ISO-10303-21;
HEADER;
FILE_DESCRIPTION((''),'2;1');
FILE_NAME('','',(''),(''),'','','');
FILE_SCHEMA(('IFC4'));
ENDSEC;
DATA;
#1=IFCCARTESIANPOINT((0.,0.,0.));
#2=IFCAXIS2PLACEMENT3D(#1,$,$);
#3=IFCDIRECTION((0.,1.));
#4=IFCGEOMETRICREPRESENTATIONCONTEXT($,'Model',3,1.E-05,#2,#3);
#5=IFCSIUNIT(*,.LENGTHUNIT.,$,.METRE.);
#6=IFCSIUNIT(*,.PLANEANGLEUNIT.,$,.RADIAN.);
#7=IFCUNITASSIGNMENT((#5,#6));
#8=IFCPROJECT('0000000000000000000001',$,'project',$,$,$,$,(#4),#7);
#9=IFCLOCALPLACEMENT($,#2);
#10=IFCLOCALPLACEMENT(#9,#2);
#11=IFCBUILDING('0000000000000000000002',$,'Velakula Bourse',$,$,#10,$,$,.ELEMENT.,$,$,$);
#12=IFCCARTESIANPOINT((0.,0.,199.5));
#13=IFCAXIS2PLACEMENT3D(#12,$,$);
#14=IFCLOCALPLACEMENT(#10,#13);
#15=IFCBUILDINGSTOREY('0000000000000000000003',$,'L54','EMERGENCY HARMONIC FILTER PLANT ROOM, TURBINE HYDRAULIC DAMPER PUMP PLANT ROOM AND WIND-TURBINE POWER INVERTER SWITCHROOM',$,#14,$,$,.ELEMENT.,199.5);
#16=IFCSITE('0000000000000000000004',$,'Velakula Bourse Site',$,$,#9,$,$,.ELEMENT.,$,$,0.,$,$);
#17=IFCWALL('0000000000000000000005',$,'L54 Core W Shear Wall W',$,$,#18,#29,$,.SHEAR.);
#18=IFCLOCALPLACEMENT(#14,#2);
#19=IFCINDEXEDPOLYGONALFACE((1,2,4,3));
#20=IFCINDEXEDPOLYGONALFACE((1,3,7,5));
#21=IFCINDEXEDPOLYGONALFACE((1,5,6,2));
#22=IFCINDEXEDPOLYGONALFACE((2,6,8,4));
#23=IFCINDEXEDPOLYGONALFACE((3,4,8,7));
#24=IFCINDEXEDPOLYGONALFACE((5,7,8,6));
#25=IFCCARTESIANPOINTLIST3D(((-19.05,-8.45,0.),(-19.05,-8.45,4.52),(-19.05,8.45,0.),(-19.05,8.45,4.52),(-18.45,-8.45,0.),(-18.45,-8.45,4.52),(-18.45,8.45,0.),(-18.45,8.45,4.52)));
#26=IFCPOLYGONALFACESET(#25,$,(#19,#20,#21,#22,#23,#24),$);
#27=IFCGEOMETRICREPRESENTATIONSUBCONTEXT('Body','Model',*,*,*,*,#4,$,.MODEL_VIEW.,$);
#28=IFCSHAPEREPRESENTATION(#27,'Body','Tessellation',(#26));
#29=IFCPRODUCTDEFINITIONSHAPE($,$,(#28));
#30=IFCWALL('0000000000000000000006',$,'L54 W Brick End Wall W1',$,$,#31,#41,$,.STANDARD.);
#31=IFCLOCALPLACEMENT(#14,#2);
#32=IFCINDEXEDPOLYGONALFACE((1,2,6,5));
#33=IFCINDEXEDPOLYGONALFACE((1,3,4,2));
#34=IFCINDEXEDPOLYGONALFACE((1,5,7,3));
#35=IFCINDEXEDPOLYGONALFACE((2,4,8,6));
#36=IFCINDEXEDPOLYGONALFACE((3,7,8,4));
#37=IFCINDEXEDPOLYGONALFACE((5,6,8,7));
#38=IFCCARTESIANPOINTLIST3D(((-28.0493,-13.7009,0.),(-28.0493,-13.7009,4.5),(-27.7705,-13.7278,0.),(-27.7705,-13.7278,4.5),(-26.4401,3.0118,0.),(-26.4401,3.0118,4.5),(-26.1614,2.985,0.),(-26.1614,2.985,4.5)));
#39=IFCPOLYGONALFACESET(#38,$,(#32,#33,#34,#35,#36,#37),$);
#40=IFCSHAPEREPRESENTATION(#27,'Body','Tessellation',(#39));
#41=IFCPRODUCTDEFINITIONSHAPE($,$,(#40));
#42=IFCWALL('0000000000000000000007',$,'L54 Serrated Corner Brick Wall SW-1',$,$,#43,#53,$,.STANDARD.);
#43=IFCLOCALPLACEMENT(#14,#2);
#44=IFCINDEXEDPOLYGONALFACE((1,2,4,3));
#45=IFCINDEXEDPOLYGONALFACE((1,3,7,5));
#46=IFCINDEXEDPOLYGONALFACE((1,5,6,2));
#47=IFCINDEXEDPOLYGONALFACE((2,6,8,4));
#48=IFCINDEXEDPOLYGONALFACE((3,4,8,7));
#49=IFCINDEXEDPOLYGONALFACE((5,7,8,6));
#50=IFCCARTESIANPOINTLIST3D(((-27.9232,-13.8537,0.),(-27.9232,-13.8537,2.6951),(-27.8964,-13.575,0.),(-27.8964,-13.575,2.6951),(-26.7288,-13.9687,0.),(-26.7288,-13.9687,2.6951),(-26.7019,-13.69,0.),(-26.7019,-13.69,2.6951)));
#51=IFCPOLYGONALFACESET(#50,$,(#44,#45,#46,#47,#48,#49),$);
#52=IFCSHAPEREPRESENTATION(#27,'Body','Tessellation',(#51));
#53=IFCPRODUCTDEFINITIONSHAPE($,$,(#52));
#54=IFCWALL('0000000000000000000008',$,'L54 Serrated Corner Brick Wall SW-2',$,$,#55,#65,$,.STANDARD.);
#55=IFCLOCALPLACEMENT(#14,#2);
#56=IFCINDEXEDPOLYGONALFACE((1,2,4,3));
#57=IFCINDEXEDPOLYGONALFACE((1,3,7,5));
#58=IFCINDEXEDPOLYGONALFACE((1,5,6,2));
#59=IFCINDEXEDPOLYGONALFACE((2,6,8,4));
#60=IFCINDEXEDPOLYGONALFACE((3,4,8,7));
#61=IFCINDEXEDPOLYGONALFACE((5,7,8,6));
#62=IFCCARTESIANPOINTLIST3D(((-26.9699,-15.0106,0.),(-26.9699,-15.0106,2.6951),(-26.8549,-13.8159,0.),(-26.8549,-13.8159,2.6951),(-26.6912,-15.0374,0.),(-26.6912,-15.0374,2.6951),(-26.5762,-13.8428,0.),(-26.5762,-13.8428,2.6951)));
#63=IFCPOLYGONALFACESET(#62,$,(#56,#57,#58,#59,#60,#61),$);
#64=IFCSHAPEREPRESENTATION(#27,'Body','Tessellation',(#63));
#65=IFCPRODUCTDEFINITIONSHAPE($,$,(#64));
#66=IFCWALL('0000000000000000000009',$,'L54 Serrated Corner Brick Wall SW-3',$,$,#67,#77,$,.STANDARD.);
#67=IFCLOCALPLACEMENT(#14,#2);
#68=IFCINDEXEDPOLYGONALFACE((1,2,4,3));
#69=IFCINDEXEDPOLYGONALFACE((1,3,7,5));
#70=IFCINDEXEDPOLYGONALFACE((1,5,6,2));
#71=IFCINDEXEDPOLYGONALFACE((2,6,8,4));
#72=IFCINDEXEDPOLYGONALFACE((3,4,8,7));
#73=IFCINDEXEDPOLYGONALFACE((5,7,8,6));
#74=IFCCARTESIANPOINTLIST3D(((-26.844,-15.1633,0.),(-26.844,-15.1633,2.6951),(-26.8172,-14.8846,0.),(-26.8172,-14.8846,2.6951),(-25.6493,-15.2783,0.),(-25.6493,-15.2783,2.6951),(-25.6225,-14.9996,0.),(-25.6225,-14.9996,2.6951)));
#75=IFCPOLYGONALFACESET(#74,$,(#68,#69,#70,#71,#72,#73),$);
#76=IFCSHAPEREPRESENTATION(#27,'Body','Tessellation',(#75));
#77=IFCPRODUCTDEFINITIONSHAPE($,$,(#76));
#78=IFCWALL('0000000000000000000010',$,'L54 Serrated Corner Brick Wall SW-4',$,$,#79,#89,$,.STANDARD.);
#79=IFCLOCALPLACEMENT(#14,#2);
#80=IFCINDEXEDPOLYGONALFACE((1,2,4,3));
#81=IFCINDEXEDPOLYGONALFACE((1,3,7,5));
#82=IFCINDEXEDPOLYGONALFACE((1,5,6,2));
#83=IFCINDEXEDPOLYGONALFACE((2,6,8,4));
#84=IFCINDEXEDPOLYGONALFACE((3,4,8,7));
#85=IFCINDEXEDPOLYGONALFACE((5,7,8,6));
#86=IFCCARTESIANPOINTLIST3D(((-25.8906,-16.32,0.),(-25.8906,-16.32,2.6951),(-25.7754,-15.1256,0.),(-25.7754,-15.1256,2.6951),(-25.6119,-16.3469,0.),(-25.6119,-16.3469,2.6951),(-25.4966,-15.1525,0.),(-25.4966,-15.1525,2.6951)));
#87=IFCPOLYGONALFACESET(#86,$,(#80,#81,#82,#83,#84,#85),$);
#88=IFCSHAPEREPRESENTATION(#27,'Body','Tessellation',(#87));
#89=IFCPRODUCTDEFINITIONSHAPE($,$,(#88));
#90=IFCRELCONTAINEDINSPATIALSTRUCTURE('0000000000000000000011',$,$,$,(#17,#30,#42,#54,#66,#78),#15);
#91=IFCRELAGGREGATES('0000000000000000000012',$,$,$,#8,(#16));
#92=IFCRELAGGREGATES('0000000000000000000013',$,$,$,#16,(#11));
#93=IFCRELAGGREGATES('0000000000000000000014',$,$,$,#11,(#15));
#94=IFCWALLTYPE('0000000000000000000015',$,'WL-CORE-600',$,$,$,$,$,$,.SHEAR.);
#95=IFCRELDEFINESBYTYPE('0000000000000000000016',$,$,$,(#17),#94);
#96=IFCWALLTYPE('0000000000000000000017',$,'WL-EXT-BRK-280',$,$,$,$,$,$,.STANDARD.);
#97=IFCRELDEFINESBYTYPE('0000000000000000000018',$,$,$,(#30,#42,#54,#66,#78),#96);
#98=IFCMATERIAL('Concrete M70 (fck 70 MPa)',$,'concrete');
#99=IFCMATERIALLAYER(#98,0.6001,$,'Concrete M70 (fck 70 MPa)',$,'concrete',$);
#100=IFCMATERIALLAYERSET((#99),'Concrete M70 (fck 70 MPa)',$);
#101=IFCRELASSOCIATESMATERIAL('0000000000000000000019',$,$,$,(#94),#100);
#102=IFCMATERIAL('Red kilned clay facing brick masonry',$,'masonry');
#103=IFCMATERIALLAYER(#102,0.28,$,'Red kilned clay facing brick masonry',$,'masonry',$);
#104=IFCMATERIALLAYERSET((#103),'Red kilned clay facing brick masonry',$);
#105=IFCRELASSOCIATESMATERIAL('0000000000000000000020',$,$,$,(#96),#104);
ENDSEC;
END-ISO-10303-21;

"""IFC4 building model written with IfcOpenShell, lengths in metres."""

from ifc_helpers import new_model, si_unit, direction, frame, frame_2d, origin, place, context, subcontext, project, spatial, rectangle, extrude, material, layer, layer_set, type_object, element, save


model = new_model("IFC4")

# Units and contexts
model_context = context("Model", 3, precision=1e-05, world=origin(), true_north=direction((0.0, 1.0)))
body_context = subcontext(model_context, "Body", "Model", "MODEL_VIEW")
ifc_project = project(units=[si_unit("LENGTHUNIT", "METRE"), si_unit("PLANEANGLEUNIT", "RADIAN")], contexts=[model_context])

# Site, building, storey
site_placement = place(None, origin())
site = spatial("IfcSite", under=ifc_project, at=site_placement, Name="Velakula Bourse Site", CompositionType="ELEMENT", RefElevation=0.0)
building_placement = place(site_placement, origin())
building = spatial("IfcBuilding", under=site, at=building_placement, Name="Velakula Bourse", CompositionType="ELEMENT")
storey_placement = place(building_placement, frame((0.0, 0.0, 199.5)))
storey = spatial("IfcBuildingStorey", under=building, at=storey_placement, Name="L54", Description="EMERGENCY HARMONIC FILTER PLANT ROOM, TURBINE HYDRAULIC DAMPER PUMP PLANT ROOM AND WIND-TURBINE POWER INVERTER SWITCHROOM", CompositionType="ELEMENT", Elevation=199.5)

# Walls
ifc_material_1 = material(Name="Concrete M70 (fck 70 MPa)", Category="concrete")
ifc_layer_1 = layer(ifc_material_1, 0.6001, Name="Concrete M70 (fck 70 MPa)", Category="concrete")
ifc_layer_set_1 = layer_set([ifc_layer_1], Name="Concrete M70 (fck 70 MPa)")
wall_type_1 = type_object("IfcWallType", Name="WL-CORE-600", PredefinedType="SHEAR", material=ifc_layer_set_1)
wall_1_placement = place(storey_placement, frame((-18.75, -8.45, 0.0), z_axis=(0.0, 0.0, 1.0), x_axis=(0.0, 1.0, 0.0)))
element("IfcWall", 1, at=wall_1_placement, inside=storey, type_object=wall_type_1, Name="L54 Core W Shear Wall W", PredefinedType="SHEAR", context=body_context, shape_type="SweptSolid", body=[
    extrude(rectangle(XDim=16.8999, YDim=0.6001, at=frame_2d((8.45, 0.0))), origin(), (0.0, 0.0, 1.0), 4.52),
])
ifc_material_2 = material(Name="Red kilned clay facing brick masonry", Category="masonry")
ifc_layer_2 = layer(ifc_material_2, 0.28, Name="Red kilned clay facing brick masonry", Category="masonry")
ifc_layer_set_2 = layer_set([ifc_layer_2], Name="Red kilned clay facing brick masonry")
wall_type_2 = type_object("IfcWallType", Name="WL-EXT-BRK-280", PredefinedType="STANDARD", material=ifc_layer_set_2)
wall_2_placement = place(storey_placement, frame((-27.9099, -13.7144, 0.0), z_axis=(0.0, 0.0, 1.0), x_axis=(0.095839, 0.995397, 0.0)))
element("IfcWall", 2, at=wall_2_placement, inside=storey, type_object=wall_type_2, Name="L54 W Brick End Wall W1", PredefinedType="STANDARD", context=body_context, shape_type="SweptSolid", body=[
    extrude(rectangle(XDim=16.79, YDim=0.28, at=frame_2d((8.395, 0.0))), origin(), (0.0, 0.0, 1.0), 4.5),
])
wall_3_placement = place(storey_placement, frame((-27.9099, -13.7144, 0.0), z_axis=(0.0, 0.0, 1.0), x_axis=(0.995397, -0.095836, 0.0)))
element("IfcWall", 3, at=wall_3_placement, inside=storey, type_object=wall_type_2, Name="L54 Serrated Corner Brick Wall SW-1", PredefinedType="STANDARD", context=body_context, shape_type="SweptSolid", body=[
    extrude(rectangle(XDim=1.2, YDim=0.28, at=frame_2d((0.6001, 0.0))), origin(), (0.0, 0.0, 1.0), 2.6951),
])
for number, where, z_axis, x_axis, name in (
    (4, (-26.7156, -13.8293, 0.0), (0.0, 0.0, 1.0), (-0.095817, -0.995399, 0.0), "L54 Serrated Corner Brick Wall SW-2"),
    (5, (-26.8306, -15.0239, 0.0), (0.0, 0.0, 1.0), (0.995399, -0.095817, 0.0), "L54 Serrated Corner Brick Wall SW-3"),
):
    element("IfcWall", number, at=place(storey_placement, frame(where, z_axis=z_axis, x_axis=x_axis)), inside=storey, type_object=wall_type_2, Name=name, PredefinedType="STANDARD", context=body_context, shape_type="SweptSolid", body=[
        extrude(rectangle(XDim=1.2002, YDim=0.28, at=frame_2d((0.6001, 0.0))), origin(), (0.0, 0.0, 1.0), 2.6951),
    ])
wall_4_placement = place(storey_placement, frame((-25.636, -15.1389, 0.0), z_axis=(0.0, 0.0, 1.0), x_axis=(-0.096038, -0.995378, 0.0)))
element("IfcWall", 6, at=wall_4_placement, inside=storey, type_object=wall_type_2, Name="L54 Serrated Corner Brick Wall SW-4", PredefinedType="STANDARD", context=body_context, shape_type="SweptSolid", body=[
    extrude(rectangle(XDim=1.2, YDim=0.28, at=frame_2d((0.6001, 0.0))), origin(), (0.0, 0.0, 1.0), 2.6951),
])

save(model, "model.ifc")
